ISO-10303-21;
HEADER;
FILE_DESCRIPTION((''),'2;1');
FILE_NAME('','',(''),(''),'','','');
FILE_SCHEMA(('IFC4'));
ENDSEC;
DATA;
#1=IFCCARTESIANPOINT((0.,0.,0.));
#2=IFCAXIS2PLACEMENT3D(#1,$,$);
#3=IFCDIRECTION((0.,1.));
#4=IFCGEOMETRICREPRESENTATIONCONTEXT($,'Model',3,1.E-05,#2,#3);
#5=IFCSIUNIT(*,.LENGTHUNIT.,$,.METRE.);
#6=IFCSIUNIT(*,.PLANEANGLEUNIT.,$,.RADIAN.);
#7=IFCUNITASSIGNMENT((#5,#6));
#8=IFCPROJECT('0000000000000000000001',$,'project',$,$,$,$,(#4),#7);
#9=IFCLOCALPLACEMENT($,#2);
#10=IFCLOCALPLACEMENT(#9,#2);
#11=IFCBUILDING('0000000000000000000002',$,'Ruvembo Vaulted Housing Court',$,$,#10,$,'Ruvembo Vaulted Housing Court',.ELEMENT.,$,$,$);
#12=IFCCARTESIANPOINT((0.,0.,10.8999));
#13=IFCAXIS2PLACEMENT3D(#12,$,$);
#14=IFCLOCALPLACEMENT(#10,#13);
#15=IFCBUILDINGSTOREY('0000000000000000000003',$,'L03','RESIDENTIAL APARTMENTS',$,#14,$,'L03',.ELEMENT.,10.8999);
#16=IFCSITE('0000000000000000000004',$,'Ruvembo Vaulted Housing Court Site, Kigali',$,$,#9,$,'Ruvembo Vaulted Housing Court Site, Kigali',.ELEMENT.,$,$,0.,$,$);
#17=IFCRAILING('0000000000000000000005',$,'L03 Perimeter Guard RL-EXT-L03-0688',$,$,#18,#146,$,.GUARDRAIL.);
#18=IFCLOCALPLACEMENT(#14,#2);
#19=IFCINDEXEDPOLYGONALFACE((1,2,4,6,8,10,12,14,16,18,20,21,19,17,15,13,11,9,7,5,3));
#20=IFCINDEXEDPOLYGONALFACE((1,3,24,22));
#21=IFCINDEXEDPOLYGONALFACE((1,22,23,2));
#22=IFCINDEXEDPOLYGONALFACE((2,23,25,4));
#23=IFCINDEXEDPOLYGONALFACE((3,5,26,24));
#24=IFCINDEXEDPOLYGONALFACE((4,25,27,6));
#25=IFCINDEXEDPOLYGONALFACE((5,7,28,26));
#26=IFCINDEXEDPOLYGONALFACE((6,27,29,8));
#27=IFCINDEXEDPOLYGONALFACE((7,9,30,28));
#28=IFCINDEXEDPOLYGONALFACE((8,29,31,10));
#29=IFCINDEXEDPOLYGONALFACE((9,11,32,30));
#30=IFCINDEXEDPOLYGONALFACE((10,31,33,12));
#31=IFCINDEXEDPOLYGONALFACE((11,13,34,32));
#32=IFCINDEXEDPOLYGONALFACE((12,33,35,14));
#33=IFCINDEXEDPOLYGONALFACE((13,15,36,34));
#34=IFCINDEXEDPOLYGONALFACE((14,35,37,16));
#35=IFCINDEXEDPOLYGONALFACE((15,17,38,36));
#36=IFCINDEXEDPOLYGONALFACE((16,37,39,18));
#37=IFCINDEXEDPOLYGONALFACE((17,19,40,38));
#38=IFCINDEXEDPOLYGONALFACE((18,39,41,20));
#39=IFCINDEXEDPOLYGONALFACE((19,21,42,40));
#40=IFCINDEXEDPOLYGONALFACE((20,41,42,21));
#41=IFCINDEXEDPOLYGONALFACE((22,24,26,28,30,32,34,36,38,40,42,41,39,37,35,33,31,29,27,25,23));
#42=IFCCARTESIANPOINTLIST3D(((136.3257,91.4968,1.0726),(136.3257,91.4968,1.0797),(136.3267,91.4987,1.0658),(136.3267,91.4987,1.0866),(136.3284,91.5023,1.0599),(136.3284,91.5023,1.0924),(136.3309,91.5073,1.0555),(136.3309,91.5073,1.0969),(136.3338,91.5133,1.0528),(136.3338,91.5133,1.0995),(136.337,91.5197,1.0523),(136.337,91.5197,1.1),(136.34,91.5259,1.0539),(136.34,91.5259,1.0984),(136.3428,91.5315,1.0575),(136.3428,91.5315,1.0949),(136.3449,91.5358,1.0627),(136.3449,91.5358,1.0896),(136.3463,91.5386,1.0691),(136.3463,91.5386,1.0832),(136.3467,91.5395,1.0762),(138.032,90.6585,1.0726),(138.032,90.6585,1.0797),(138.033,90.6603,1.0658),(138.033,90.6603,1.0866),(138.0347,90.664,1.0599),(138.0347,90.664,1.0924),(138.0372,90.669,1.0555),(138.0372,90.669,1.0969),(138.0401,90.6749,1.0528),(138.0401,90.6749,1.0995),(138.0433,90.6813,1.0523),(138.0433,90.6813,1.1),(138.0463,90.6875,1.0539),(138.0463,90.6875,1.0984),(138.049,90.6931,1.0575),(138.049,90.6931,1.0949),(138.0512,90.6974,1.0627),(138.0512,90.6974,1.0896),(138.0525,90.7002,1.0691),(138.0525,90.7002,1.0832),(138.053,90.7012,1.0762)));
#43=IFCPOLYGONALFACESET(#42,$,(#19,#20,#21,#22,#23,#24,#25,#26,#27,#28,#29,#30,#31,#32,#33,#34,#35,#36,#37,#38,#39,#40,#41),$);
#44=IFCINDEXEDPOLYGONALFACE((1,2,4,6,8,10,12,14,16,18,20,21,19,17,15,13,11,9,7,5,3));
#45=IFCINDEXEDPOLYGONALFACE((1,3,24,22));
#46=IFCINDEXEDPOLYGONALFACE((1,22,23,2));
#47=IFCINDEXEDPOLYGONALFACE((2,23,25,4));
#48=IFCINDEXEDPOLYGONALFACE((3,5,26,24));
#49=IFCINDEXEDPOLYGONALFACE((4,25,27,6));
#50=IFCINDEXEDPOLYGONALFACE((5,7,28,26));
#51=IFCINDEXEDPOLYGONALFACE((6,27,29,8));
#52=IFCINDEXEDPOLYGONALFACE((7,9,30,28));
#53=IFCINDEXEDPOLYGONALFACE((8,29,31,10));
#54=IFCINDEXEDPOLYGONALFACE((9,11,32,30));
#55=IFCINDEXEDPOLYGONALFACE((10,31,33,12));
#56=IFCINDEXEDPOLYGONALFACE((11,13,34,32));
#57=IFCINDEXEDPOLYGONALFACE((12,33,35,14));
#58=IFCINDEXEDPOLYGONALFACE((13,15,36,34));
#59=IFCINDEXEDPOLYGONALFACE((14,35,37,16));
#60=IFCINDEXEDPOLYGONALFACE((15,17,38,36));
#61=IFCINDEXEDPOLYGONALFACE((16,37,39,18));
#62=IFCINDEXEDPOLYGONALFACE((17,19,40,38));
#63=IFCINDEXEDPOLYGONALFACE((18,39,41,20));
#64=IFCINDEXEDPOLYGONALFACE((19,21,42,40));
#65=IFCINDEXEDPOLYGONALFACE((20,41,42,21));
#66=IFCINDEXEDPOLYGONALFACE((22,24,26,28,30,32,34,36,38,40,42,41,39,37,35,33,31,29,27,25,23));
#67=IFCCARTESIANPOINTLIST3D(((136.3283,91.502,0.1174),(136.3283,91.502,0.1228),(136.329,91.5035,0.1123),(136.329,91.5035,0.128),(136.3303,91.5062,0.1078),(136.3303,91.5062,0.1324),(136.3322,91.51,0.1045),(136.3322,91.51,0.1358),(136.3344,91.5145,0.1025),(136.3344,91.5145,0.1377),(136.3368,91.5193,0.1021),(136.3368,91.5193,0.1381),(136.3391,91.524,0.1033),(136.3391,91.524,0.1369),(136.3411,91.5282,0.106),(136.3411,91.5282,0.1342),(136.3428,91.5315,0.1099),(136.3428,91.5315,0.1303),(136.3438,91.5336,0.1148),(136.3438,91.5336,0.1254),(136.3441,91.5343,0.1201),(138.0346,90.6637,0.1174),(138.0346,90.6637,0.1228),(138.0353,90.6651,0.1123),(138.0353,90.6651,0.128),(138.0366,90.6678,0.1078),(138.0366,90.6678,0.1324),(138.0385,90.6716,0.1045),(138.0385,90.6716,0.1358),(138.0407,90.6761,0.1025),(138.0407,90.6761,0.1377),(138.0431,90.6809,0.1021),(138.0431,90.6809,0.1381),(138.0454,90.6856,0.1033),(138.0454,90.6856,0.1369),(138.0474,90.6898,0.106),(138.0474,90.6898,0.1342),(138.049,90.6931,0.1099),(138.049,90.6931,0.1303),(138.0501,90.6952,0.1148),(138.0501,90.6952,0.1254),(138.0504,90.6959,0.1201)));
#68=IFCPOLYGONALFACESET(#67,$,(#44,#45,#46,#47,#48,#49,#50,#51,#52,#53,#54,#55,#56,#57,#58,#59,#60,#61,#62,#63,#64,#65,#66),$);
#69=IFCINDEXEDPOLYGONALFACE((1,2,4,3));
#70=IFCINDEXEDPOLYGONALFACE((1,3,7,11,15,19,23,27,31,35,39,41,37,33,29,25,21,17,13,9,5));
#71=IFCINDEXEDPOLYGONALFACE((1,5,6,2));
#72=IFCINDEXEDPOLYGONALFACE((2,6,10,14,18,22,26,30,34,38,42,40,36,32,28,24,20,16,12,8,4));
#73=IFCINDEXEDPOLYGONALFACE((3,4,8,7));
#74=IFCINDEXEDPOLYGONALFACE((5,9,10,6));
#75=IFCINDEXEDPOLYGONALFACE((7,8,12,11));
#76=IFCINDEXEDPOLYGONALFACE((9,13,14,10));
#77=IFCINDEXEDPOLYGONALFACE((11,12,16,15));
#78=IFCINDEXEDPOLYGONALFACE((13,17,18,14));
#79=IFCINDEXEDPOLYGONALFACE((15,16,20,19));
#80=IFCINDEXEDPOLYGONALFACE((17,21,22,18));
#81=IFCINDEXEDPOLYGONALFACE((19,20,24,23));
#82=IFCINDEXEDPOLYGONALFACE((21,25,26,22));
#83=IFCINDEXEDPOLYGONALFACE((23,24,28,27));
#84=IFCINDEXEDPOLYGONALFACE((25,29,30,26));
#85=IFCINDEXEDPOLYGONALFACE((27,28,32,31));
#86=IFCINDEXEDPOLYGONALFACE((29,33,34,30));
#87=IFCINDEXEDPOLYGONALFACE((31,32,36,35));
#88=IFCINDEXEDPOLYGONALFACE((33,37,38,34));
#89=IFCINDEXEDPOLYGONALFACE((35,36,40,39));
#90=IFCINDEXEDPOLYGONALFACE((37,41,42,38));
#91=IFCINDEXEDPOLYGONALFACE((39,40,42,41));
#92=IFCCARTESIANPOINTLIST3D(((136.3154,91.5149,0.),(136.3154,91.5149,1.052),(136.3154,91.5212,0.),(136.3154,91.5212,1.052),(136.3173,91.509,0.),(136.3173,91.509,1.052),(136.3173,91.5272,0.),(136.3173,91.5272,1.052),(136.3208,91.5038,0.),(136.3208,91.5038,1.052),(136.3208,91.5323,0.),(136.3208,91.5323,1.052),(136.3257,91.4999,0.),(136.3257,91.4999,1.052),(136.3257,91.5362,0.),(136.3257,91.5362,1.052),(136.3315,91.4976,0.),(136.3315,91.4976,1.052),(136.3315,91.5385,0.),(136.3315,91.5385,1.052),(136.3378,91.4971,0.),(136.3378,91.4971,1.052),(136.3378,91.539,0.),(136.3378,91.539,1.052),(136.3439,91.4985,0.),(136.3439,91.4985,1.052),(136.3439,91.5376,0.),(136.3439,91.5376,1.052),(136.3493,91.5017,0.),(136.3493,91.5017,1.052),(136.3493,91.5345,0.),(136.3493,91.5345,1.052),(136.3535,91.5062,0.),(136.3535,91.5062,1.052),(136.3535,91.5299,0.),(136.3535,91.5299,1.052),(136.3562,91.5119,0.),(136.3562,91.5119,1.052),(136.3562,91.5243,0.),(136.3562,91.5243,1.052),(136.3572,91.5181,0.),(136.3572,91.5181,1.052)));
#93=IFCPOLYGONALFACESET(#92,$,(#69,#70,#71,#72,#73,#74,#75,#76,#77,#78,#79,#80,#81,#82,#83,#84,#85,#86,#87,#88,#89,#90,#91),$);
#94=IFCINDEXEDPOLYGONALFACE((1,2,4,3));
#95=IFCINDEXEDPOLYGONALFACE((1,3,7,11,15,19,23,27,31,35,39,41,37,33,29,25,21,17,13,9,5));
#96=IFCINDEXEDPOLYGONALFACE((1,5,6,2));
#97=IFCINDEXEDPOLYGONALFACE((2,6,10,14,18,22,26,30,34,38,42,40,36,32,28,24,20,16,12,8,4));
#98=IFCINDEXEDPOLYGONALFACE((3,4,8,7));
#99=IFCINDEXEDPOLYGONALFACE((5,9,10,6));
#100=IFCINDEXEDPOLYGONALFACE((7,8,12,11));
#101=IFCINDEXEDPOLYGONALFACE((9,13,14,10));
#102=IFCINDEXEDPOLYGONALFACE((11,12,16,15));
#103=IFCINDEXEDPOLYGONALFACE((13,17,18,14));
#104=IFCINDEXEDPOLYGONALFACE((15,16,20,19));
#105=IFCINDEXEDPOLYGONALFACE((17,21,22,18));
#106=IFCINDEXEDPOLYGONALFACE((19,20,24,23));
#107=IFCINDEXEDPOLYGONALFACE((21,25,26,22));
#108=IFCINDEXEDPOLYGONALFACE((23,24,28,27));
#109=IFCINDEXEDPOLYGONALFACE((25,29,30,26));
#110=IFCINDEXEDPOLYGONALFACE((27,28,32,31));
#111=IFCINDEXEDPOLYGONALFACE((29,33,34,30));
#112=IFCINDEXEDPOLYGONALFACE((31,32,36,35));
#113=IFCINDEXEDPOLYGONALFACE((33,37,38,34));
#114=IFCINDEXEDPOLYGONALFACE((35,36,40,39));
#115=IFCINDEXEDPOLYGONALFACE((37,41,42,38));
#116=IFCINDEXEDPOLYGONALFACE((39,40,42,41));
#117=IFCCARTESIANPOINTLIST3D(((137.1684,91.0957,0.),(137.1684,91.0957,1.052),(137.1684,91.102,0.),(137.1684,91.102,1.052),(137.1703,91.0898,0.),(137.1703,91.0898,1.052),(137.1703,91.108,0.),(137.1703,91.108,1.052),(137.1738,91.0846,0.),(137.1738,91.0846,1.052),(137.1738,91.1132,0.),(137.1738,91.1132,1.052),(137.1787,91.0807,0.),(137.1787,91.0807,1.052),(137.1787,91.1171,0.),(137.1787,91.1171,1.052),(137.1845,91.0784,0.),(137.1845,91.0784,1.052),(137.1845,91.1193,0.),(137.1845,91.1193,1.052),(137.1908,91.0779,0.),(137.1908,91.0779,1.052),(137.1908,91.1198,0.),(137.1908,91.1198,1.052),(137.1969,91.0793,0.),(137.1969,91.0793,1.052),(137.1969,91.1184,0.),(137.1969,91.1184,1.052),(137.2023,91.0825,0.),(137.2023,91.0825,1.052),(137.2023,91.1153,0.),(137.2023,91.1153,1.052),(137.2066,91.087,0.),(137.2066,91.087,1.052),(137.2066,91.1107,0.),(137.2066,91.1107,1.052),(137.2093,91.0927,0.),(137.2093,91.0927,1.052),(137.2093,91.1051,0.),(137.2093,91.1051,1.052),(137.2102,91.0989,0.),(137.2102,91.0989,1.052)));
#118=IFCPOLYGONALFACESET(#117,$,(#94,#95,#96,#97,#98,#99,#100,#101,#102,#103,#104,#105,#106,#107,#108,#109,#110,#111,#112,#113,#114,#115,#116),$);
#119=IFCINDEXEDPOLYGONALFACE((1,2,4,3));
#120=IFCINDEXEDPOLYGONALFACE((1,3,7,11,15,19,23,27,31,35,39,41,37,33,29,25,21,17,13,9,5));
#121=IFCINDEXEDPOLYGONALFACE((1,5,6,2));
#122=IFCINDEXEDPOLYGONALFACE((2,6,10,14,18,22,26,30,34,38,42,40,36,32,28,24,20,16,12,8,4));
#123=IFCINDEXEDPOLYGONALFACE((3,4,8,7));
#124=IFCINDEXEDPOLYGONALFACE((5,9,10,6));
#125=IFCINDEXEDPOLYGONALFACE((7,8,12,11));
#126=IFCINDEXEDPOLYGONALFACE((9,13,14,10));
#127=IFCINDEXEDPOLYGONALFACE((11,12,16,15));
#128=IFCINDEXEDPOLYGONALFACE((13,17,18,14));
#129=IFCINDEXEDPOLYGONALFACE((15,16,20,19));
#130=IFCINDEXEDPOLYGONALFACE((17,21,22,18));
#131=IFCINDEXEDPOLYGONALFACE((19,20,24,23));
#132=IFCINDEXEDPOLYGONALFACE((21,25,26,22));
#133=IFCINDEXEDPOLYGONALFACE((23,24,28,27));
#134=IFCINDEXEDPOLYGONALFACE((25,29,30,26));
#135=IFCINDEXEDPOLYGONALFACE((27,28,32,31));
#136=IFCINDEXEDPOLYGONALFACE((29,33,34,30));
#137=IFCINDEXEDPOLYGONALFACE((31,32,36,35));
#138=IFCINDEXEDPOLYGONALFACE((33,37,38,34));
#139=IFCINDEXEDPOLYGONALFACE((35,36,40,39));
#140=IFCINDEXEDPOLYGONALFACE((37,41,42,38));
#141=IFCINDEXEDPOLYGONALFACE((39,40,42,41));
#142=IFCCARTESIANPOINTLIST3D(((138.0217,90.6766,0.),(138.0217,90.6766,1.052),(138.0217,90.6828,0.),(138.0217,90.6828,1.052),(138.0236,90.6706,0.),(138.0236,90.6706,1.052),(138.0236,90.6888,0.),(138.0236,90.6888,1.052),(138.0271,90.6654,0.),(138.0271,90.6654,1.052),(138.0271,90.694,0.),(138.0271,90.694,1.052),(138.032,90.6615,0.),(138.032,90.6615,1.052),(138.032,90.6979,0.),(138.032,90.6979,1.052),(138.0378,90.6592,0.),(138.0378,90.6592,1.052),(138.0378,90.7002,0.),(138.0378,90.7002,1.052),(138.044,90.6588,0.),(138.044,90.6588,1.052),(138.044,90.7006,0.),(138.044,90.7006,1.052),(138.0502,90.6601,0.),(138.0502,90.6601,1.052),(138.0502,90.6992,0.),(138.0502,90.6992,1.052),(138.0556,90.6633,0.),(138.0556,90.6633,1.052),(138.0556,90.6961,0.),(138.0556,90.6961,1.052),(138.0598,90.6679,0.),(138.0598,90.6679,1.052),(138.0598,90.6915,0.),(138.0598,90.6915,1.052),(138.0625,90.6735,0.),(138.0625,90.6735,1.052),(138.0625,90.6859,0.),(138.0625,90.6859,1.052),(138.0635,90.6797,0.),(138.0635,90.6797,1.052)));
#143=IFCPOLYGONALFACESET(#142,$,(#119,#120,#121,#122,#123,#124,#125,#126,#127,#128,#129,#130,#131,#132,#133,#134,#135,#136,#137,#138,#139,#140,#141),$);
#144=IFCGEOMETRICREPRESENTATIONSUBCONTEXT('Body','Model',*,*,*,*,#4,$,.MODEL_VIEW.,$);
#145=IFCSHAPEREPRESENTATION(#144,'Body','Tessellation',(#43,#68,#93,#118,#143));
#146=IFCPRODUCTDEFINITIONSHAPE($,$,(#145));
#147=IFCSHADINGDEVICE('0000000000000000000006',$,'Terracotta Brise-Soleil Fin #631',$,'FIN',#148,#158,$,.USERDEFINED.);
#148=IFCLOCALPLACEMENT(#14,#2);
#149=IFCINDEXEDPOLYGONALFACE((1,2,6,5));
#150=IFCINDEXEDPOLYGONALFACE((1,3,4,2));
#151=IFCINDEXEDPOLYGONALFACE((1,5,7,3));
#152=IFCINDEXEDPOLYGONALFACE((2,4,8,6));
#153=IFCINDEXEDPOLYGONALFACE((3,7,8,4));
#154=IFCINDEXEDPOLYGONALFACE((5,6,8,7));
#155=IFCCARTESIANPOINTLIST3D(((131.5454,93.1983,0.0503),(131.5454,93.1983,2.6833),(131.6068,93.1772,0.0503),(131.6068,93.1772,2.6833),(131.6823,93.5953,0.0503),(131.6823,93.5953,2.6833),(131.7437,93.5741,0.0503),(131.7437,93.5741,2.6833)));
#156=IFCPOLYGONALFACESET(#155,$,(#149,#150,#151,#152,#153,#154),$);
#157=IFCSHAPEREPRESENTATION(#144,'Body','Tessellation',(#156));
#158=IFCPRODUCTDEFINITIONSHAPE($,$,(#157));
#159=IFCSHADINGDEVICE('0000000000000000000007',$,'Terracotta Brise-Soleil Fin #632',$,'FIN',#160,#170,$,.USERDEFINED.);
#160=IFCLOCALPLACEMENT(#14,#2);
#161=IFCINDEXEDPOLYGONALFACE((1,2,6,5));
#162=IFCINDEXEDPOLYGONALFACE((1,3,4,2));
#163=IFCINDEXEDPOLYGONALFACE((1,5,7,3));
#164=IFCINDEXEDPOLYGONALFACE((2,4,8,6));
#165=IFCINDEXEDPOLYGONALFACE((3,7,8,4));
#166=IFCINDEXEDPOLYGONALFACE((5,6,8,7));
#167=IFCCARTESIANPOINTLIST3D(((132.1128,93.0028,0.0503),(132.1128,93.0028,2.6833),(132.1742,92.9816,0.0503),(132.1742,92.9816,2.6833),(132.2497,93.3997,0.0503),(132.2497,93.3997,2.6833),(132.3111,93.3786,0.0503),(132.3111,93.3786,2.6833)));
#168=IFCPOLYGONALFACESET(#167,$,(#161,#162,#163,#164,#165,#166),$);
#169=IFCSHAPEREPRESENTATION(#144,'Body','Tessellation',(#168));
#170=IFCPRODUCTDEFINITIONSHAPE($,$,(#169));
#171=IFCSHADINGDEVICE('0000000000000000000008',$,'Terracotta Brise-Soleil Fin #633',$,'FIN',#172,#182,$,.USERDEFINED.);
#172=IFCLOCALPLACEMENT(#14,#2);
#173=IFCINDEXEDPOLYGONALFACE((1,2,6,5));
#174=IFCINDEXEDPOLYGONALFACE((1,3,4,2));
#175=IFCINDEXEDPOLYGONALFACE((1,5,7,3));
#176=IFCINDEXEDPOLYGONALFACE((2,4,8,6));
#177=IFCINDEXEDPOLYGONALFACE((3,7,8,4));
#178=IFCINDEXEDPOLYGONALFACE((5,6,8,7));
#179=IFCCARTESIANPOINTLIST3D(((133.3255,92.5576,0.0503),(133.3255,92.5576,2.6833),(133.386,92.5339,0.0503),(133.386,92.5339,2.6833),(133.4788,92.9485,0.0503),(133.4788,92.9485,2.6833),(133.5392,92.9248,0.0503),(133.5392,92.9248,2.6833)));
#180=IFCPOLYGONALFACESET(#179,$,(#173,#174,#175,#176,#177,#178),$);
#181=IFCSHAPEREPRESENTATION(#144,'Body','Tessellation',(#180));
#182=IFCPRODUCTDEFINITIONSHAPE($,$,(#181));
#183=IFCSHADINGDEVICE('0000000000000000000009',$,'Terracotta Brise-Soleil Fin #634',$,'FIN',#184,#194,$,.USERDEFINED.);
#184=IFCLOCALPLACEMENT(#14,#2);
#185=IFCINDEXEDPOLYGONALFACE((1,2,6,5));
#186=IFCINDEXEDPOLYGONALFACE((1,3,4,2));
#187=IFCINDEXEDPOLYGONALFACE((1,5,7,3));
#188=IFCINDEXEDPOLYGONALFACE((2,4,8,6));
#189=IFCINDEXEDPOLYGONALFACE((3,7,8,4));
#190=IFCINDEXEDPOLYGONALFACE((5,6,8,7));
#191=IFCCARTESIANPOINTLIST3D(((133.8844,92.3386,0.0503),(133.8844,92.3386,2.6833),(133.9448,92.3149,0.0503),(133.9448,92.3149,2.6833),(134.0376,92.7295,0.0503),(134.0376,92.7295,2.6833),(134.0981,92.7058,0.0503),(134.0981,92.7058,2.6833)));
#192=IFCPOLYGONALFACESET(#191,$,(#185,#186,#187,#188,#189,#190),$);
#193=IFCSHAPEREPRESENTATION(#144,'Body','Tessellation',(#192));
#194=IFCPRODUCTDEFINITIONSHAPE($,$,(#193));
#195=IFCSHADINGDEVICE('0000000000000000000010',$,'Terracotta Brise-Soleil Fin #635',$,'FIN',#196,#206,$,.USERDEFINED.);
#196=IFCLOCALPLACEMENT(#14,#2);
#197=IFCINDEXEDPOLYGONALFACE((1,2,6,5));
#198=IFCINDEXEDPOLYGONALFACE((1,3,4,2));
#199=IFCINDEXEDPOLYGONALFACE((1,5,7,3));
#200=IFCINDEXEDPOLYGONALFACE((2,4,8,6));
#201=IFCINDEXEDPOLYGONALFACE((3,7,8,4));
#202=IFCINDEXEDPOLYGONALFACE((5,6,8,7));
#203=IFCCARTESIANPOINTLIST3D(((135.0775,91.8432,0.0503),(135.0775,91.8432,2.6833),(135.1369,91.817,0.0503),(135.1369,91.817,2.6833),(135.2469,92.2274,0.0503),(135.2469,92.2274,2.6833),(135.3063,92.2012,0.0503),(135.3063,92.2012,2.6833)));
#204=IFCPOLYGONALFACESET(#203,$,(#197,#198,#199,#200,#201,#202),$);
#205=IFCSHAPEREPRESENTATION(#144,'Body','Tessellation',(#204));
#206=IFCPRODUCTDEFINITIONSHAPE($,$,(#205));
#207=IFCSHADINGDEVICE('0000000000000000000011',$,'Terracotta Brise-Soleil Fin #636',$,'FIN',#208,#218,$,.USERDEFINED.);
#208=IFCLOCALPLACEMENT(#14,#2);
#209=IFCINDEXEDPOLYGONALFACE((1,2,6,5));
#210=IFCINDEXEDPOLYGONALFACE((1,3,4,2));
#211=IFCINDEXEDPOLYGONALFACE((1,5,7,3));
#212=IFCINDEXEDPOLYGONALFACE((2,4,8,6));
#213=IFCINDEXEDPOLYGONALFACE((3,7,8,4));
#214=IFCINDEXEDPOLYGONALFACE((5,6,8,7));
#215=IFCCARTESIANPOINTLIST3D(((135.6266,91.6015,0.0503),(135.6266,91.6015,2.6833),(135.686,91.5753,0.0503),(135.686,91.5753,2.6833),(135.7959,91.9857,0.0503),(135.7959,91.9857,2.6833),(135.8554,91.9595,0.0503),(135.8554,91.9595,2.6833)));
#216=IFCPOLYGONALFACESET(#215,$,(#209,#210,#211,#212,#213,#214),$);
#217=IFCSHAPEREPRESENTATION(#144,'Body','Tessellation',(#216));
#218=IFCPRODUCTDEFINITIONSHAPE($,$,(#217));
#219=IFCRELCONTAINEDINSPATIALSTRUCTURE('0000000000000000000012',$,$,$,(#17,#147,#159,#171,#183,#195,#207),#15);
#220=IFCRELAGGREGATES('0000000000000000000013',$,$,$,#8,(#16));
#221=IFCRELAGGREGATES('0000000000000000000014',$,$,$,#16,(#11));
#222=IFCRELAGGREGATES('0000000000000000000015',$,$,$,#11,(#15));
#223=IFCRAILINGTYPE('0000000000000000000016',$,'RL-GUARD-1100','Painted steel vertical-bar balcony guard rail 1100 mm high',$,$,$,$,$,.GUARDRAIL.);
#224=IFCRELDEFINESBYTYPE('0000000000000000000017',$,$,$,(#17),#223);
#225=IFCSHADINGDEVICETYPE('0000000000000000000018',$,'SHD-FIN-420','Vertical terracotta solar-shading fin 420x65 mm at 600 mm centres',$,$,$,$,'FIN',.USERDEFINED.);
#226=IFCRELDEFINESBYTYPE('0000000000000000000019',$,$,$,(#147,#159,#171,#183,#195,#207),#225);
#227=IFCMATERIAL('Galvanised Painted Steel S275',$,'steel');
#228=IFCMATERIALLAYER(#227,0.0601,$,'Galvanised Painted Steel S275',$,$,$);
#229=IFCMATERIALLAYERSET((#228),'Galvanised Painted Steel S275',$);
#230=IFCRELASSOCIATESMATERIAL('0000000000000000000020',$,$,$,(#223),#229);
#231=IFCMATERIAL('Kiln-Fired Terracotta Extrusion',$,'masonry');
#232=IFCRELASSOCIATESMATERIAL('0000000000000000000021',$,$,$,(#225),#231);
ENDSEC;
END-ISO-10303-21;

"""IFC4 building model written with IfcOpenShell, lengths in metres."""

from ifc_helpers import new_model, si_unit, direction, frame, origin, origin_2d, place, context, subcontext, project, spatial, rectangle, circle, extrude, material, layer, layer_set, type_object, element, save


model = new_model("IFC4")

# Units and contexts
model_context = context("Model", 3, precision=1e-05, world=origin(), true_north=direction((0.0, 1.0)))
body_context = subcontext(model_context, "Body", "Model", "MODEL_VIEW")
ifc_project = project(units=[si_unit("LENGTHUNIT", "METRE"), si_unit("PLANEANGLEUNIT", "RADIAN")], contexts=[model_context])

# Site, building, storey
site_placement = place(None, origin())
site = spatial("IfcSite", under=ifc_project, at=site_placement, Name="Ruvembo Vaulted Housing Court Site, Kigali", LongName="Ruvembo Vaulted Housing Court Site, Kigali", CompositionType="ELEMENT", RefElevation=0.0)
building_placement = place(site_placement, origin())
building = spatial("IfcBuilding", under=site, at=building_placement, Name="Ruvembo Vaulted Housing Court", LongName="Ruvembo Vaulted Housing Court", CompositionType="ELEMENT")
storey_placement = place(building_placement, frame((0.0, 0.0, 10.8999)))
storey = spatial("IfcBuildingStorey", under=building, at=storey_placement, Name="L03", Description="RESIDENTIAL APARTMENTS", LongName="L03", CompositionType="ELEMENT", Elevation=10.8999)

# Railing
ifc_material_1 = material(Name="Galvanised Painted Steel S275", Category="steel")
ifc_layer_1 = layer(ifc_material_1, 0.0601, Name="Galvanised Painted Steel S275")
ifc_layer_set_1 = layer_set([ifc_layer_1], Name="Galvanised Painted Steel S275")
railing_type = type_object("IfcRailingType", Name="RL-GUARD-1100", Description="Painted steel vertical-bar balcony guard rail 1100 mm high", PredefinedType="GUARDRAIL", material=ifc_layer_set_1)
railing_1_placement = place(storey_placement, frame((136.3362, 91.5181, 0.0)))
element("IfcRailing", 1, at=railing_1_placement, inside=storey, type_object=railing_type, Name="L03 Perimeter Guard RL-EXT-L03-0688", PredefinedType="GUARDRAIL", context=body_context, shape_type="SweptSolid", body=[
    extrude(circle(Radius=0.0239, at=origin_2d()), frame((0.0, 0.0, 1.0762), z_axis=(0.897513, -0.440987, 0.0), x_axis=(0.440987, 0.897513, 0.0)), (0.0, 0.0, 1.0), 1.9011),
    extrude(circle(Radius=0.0181, at=origin_2d()), frame((0.0, 0.0, 0.1201), z_axis=(0.897513, -0.440987, 0.0), x_axis=(0.440987, 0.897513, 0.0)), (0.0, 0.0, 1.0), 1.9011),
    extrude(circle(Radius=0.021, at=origin_2d()), origin(), (0.0, 0.0, 1.0), 1.052),
    extrude(circle(Radius=0.021, at=origin_2d()), frame((0.853, -0.4192, 0.0)), (0.0, 0.0, 1.0), 1.052),
    extrude(circle(Radius=0.021, at=origin_2d()), frame((1.7063, -0.8384, 0.0)), (0.0, 0.0, 1.0), 1.052),
])

# Shading devices
ifc_material_2 = material(Name="Kiln-Fired Terracotta Extrusion", Category="masonry")
shading_device_type = type_object("IfcShadingDeviceType", Name="SHD-FIN-420", Description="Vertical terracotta solar-shading fin 420x65 mm at 600 mm centres", ElementType="FIN", PredefinedType="USERDEFINED", material=ifc_material_2)
for number, where, z_axis, x_axis, name in (
    (2, (131.6445, 93.3862, 0.0503), (0.0, 0.0, 1.0), (-0.32603, -0.945359, 0.0), "Terracotta Brise-Soleil Fin #631"),
    (3, (132.2119, 93.1907, 0.0503), (0.0, 0.0, 1.0), (-0.32603, -0.945359, 0.0), "Terracotta Brise-Soleil Fin #632"),
    (4, (133.4324, 92.7412, 0.0503), (0.0, 0.0, 1.0), (-0.364958, -0.931024, 0.0), "Terracotta Brise-Soleil Fin #633"),
    (5, (133.9912, 92.5222, 0.0503), (0.0, 0.0, 1.0), (-0.364958, -0.931024, 0.0), "Terracotta Brise-Soleil Fin #634"),
    (6, (135.1919, 92.0222, 0.0503), (0.0, 0.0, 1.0), (-0.403306, -0.915065, 0.0), "Terracotta Brise-Soleil Fin #635"),
    (7, (135.741, 91.7805, 0.0503), (0.0, 0.0, 1.0), (-0.403306, -0.915065, 0.0), "Terracotta Brise-Soleil Fin #636"),
):
    element("IfcShadingDevice", number, at=place(storey_placement, frame(where, z_axis=z_axis, x_axis=x_axis)), inside=storey, type_object=shading_device_type, Name=name, ObjectType="FIN", PredefinedType="USERDEFINED", context=body_context, shape_type="SweptSolid", body=[
        extrude(rectangle(XDim=0.4199, YDim=0.0649, at=origin_2d()), origin(), (0.0, 0.0, 1.0), 2.6331),
    ])

save(model, "model.ifc")
